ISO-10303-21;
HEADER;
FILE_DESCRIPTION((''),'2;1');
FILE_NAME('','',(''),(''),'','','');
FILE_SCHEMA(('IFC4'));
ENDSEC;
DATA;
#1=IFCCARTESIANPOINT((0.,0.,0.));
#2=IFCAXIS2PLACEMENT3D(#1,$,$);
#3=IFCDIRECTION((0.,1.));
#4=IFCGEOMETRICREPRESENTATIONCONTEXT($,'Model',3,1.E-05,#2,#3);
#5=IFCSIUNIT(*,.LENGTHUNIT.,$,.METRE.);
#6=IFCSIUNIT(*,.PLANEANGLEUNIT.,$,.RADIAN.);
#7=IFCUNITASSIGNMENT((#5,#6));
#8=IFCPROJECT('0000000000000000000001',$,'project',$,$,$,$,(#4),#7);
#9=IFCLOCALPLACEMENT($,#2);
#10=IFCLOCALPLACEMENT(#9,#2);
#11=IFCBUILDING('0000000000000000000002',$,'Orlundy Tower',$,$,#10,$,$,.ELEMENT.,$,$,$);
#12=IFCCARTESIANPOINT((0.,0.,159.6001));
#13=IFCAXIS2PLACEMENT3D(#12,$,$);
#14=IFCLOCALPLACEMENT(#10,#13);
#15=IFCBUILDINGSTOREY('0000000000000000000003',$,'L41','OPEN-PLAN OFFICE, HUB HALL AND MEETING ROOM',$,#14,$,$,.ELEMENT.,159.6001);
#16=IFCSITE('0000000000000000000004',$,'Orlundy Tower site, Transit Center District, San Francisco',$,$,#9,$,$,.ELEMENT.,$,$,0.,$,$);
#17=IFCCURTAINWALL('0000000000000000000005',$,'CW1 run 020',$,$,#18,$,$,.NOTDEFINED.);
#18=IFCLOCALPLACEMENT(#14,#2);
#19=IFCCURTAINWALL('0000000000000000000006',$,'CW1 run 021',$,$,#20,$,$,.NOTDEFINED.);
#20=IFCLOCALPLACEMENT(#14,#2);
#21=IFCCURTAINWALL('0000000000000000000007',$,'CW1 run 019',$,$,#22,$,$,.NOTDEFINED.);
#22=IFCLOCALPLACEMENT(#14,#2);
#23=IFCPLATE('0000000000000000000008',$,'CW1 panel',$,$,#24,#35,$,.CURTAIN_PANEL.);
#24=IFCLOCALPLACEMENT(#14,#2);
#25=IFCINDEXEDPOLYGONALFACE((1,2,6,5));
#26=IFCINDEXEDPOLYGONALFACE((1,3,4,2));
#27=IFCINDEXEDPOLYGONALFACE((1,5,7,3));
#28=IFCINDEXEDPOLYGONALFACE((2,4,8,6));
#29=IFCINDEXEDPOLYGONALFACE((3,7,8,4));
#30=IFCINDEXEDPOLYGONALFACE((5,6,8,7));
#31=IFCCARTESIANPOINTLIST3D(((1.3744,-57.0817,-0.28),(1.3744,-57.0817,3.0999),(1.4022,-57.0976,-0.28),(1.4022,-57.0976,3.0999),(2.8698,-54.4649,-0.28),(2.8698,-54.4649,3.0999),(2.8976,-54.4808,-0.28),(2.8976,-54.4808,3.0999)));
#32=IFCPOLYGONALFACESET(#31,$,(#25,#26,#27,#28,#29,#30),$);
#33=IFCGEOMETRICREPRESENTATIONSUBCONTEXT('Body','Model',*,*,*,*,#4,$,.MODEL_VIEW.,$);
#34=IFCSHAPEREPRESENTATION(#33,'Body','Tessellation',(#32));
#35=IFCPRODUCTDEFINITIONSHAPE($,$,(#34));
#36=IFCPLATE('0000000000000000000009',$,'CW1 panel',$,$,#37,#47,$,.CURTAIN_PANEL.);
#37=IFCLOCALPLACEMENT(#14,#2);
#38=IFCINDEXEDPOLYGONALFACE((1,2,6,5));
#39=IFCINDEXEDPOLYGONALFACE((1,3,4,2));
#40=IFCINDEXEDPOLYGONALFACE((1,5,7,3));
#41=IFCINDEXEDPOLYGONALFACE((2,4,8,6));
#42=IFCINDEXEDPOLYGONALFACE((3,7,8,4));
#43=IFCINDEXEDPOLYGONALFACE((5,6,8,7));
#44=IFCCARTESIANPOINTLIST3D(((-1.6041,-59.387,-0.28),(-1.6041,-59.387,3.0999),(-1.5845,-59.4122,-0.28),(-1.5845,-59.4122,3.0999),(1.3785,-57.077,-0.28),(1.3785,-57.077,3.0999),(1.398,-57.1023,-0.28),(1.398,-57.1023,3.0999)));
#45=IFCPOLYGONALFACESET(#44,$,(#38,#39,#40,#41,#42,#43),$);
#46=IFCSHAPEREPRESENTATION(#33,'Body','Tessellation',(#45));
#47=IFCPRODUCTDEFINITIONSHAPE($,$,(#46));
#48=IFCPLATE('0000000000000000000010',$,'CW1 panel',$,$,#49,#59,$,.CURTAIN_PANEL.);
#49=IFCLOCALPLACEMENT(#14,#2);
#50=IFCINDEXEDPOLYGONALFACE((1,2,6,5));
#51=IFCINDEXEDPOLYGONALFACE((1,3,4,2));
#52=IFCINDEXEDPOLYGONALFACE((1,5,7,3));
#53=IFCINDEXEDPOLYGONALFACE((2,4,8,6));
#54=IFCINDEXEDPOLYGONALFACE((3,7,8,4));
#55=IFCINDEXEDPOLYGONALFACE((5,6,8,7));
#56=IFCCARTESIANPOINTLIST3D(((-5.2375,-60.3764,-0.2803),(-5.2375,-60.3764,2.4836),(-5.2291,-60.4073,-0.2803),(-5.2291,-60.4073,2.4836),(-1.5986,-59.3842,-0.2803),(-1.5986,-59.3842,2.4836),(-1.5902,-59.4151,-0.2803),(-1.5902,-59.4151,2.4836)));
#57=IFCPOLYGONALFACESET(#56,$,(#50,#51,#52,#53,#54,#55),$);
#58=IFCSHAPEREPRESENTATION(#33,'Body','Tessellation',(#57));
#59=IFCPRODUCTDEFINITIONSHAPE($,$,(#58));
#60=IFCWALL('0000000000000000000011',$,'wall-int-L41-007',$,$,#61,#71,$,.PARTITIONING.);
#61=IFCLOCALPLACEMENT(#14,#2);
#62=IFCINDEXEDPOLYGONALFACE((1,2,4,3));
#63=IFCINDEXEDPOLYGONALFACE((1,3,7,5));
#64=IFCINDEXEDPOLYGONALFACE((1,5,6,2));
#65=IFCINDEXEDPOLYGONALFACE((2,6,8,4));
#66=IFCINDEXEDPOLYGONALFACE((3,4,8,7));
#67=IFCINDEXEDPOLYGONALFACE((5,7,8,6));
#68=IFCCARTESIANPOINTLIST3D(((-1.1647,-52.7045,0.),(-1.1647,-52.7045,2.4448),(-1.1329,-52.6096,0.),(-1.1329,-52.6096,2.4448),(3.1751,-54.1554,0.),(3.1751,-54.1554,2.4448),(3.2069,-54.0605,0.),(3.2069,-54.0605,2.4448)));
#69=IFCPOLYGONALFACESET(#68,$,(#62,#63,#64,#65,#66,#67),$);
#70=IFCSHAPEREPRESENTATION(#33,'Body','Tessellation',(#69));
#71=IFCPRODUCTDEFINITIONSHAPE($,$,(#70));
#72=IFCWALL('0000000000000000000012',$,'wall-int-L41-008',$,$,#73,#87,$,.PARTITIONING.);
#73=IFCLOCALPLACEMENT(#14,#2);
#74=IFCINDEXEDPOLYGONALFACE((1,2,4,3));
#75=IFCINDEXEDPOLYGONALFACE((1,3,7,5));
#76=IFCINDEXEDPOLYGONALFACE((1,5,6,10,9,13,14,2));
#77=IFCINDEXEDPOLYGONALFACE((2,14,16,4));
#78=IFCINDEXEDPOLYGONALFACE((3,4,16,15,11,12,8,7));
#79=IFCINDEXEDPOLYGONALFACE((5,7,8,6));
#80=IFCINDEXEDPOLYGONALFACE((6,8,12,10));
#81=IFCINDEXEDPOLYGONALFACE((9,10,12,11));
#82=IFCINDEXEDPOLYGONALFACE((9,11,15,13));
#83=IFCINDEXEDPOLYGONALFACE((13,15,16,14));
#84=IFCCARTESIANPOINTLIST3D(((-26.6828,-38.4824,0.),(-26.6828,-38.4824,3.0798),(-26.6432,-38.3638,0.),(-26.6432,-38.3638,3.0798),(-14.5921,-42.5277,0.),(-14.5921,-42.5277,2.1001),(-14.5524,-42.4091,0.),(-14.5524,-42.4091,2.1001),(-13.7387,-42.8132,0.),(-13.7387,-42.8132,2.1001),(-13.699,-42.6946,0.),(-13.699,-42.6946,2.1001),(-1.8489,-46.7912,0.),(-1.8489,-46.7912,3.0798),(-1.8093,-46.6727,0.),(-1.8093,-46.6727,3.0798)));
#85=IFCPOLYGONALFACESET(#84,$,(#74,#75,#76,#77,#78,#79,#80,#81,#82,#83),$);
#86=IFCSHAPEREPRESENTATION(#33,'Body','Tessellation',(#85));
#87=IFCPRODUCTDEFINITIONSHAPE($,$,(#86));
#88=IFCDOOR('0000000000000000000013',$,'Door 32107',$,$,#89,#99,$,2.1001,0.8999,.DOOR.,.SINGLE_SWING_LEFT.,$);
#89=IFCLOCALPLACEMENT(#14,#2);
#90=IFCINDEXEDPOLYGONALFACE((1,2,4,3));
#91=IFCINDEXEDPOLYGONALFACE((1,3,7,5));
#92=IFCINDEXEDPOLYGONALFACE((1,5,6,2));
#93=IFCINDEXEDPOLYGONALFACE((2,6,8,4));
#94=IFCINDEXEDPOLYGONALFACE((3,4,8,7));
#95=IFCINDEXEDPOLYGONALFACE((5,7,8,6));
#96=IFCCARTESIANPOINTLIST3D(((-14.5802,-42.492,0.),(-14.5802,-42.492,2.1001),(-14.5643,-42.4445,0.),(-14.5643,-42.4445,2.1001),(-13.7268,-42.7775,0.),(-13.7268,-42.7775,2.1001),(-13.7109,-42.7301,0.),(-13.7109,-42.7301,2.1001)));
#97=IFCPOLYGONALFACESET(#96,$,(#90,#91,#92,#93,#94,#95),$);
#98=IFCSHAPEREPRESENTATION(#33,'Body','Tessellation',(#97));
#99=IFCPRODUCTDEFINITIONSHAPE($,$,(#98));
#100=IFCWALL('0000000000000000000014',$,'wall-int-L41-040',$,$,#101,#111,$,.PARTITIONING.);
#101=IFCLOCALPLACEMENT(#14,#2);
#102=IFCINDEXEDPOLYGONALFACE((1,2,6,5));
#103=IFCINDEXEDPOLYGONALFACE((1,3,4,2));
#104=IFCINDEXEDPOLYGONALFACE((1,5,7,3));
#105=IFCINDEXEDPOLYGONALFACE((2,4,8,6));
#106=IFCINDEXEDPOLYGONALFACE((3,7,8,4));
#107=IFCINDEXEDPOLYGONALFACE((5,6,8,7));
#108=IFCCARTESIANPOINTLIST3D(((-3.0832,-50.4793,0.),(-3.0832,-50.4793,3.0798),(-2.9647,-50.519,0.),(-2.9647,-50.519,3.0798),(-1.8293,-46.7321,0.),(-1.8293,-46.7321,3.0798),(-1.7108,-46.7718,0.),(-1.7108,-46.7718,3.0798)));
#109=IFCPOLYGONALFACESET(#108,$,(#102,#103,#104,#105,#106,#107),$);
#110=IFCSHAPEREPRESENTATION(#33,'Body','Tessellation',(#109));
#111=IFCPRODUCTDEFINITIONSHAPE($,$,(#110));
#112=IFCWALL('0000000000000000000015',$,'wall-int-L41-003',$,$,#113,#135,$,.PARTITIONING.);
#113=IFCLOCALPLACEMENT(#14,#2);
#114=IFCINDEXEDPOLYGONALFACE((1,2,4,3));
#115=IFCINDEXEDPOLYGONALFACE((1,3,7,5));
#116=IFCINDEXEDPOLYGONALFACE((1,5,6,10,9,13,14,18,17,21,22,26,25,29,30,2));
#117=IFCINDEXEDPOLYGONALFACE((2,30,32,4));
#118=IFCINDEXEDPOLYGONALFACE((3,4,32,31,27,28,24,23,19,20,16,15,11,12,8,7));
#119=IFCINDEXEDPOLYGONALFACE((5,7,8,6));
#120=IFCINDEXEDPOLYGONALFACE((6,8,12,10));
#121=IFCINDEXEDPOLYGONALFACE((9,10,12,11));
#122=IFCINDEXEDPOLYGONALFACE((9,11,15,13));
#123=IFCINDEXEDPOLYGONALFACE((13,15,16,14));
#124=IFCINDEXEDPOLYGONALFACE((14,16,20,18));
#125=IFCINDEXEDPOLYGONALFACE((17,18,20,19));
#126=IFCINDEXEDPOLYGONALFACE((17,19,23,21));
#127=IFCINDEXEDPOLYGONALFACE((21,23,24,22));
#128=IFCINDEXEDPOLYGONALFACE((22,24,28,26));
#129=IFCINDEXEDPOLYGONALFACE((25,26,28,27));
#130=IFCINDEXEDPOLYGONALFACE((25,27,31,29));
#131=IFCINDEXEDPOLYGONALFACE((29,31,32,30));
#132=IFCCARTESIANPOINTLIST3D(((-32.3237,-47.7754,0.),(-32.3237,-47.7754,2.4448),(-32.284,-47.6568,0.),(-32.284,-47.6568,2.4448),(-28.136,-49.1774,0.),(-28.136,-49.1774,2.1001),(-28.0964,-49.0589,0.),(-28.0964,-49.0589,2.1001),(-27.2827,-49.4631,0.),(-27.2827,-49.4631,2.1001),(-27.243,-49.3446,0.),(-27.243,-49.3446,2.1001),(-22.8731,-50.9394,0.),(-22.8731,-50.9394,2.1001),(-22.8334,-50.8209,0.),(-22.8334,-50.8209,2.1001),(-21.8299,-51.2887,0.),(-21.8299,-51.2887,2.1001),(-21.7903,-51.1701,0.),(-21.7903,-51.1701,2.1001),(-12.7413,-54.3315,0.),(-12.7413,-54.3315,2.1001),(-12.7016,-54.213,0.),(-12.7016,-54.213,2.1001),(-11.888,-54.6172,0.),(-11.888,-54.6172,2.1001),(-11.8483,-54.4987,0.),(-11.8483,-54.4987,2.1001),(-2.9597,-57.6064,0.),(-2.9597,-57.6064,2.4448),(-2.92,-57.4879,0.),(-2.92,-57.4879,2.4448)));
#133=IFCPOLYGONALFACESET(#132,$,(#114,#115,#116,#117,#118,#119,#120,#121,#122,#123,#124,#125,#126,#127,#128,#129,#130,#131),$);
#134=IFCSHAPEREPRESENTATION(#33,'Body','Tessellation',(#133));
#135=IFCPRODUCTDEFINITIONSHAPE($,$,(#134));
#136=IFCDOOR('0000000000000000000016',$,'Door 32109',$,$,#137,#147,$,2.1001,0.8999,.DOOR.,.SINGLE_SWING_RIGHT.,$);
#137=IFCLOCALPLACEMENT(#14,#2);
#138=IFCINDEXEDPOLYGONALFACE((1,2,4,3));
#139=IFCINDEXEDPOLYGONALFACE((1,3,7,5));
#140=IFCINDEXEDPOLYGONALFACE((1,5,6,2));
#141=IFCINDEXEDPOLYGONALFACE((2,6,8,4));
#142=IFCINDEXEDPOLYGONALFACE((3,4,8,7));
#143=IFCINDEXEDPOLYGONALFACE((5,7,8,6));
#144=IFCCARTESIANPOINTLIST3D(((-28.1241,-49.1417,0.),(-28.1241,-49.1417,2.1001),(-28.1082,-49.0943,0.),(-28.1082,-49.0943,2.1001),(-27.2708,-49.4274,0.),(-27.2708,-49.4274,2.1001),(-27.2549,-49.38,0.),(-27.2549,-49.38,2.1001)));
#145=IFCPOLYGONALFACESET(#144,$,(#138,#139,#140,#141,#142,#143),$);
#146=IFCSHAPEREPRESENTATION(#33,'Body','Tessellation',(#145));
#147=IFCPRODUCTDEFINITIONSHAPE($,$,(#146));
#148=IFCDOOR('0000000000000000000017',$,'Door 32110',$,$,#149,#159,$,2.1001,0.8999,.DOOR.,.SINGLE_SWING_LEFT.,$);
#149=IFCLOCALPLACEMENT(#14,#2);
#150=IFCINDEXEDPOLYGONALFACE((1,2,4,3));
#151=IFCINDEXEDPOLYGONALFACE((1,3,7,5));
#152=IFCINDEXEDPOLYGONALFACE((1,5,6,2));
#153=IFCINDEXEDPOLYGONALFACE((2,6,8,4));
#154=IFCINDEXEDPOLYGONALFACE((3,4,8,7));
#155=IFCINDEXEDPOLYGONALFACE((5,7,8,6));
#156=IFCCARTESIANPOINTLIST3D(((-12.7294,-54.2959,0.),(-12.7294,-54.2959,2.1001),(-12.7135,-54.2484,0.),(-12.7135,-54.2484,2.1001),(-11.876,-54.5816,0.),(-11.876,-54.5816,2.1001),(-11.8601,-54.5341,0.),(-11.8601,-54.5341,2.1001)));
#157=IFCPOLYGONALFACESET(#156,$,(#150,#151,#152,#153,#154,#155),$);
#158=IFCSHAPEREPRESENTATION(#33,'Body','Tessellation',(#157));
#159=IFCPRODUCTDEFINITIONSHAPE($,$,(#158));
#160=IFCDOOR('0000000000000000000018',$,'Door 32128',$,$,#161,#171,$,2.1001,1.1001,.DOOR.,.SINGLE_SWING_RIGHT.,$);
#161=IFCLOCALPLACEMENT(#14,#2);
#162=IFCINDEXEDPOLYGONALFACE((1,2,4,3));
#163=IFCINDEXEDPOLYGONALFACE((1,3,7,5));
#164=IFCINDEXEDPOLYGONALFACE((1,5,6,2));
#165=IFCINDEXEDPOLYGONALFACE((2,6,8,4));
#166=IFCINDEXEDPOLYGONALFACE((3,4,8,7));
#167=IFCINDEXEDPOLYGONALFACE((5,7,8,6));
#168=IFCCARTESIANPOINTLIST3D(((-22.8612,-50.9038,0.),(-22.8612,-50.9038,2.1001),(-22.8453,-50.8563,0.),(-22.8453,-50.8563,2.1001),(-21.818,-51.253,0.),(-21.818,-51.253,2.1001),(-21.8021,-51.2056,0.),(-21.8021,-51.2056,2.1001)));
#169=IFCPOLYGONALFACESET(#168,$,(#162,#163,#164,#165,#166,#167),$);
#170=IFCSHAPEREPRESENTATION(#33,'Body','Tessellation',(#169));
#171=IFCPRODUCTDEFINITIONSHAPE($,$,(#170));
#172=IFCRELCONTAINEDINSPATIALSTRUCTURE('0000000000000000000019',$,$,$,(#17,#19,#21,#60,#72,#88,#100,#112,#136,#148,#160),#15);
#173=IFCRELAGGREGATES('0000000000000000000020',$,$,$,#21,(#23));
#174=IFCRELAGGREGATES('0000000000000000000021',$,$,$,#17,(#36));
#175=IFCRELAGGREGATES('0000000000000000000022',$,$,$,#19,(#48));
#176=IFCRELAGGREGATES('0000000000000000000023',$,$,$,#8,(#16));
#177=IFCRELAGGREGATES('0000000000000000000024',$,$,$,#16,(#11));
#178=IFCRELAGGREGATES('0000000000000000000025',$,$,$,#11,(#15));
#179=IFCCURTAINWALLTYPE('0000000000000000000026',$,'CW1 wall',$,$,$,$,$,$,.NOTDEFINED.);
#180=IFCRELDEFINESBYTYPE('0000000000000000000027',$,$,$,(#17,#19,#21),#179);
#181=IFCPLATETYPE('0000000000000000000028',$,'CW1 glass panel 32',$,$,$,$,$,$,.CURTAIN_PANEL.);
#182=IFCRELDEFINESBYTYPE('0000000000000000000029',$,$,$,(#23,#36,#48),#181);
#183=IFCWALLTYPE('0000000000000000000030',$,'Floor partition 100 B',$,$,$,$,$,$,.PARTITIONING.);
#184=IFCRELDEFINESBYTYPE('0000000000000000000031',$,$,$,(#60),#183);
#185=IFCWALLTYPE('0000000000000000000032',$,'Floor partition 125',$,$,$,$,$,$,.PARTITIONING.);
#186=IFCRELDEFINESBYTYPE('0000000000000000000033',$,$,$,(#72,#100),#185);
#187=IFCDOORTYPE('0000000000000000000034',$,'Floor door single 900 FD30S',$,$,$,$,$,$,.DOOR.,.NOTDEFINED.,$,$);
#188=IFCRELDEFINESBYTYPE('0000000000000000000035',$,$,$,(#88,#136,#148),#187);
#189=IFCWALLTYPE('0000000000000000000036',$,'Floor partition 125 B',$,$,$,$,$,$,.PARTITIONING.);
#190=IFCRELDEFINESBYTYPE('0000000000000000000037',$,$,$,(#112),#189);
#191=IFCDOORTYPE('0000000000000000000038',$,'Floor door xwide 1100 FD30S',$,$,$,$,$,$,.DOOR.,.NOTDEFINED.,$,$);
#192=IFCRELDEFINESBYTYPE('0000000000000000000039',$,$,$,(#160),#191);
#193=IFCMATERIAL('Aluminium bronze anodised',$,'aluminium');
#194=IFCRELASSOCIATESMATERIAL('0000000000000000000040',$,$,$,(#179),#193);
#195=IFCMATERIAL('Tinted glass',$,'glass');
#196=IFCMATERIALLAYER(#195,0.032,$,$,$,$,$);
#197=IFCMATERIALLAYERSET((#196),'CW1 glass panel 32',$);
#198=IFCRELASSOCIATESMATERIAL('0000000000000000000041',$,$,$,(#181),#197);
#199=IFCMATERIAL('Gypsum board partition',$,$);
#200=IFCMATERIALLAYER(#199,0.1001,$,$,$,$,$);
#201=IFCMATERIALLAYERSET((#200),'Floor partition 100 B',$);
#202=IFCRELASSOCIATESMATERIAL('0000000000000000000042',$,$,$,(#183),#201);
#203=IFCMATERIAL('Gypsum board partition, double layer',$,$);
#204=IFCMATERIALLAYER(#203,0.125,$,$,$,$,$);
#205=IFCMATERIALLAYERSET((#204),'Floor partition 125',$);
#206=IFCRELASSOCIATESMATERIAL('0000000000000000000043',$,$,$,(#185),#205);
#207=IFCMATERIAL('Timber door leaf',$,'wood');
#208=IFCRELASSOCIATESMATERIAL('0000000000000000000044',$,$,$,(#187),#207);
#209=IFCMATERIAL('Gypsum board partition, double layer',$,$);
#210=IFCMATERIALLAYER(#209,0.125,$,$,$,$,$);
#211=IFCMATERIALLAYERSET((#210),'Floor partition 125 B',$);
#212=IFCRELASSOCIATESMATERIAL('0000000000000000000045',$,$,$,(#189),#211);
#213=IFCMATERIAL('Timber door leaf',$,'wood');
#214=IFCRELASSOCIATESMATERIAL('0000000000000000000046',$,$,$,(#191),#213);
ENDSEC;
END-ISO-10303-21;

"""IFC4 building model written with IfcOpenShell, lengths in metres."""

from ifc_helpers import new_model, si_unit, direction, frame, frame_2d, origin, origin_2d, place, context, subcontext, project, spatial, rectangle, extrude, material, layer, layer_set, type_object, element, fill, aggregate, save


model = new_model("IFC4")

# Units and contexts
model_context = context("Model", 3, precision=1e-05, world=origin(), true_north=direction((0.0, 1.0)))
body_context = subcontext(model_context, "Body", "Model", "MODEL_VIEW")
ifc_project = project(units=[si_unit("LENGTHUNIT", "METRE"), si_unit("PLANEANGLEUNIT", "RADIAN")], contexts=[model_context])

# Site, building, storey
site_placement = place(None, origin())
site = spatial("IfcSite", under=ifc_project, at=site_placement, Name="Orlundy Tower site, Transit Center District, San Francisco", CompositionType="ELEMENT", RefElevation=0.0)
building_placement = place(site_placement, origin())
building = spatial("IfcBuilding", under=site, at=building_placement, Name="Orlundy Tower", CompositionType="ELEMENT")
storey_placement = place(building_placement, frame((0.0, 0.0, 159.6001)))
storey = spatial("IfcBuildingStorey", under=building, at=storey_placement, Name="L41", Description="OPEN-PLAN OFFICE, HUB HALL AND MEETING ROOM", CompositionType="ELEMENT", Elevation=159.6001)

# Curtain walls
ifc_material_1 = material(Name="Aluminium bronze anodised", Category="aluminium")
curtain_wall_type = type_object("IfcCurtainWallType", Name="CW1 wall", PredefinedType="NOTDEFINED", material=ifc_material_1)
curtain_wall_1_placement = place(storey_placement, origin())
curtain_wall_1 = element("IfcCurtainWall", 1, at=curtain_wall_1_placement, inside=storey, type_object=curtain_wall_type, Name="CW1 run 020", PredefinedType="NOTDEFINED")
curtain_wall_2_placement = place(storey_placement, origin())
curtain_wall_2 = element("IfcCurtainWall", 2, at=curtain_wall_2_placement, inside=storey, type_object=curtain_wall_type, Name="CW1 run 021", PredefinedType="NOTDEFINED")

# Curtain wall
curtain_wall_3_placement = place(storey_placement, origin())
curtain_wall_3 = element("IfcCurtainWall", 3, at=curtain_wall_3_placement, inside=storey, type_object=curtain_wall_type, Name="CW1 run 019", PredefinedType="NOTDEFINED")

# Plates
ifc_material_2 = material(Name="Tinted glass", Category="glass")
ifc_layer_1 = layer(ifc_material_2, 0.032)
ifc_layer_set_1 = layer_set([ifc_layer_1], Name="CW1 glass panel 32")
plate_type = type_object("IfcPlateType", Name="CW1 glass panel 32", PredefinedType="CURTAIN_PANEL", material=ifc_layer_set_1)
plate_1_placement = place(storey_placement, frame((2.136, -55.7812, -0.28), z_axis=(0.0, 0.0, 1.0), x_axis=(-0.496168, -0.868227, 0.0)))
plate_1 = element("IfcPlate", 4, at=plate_1_placement, type_object=plate_type, Name="CW1 panel", PredefinedType="CURTAIN_PANEL", context=body_context, shape_type="SweptSolid", body=[
    extrude(rectangle(XDim=3.0139, YDim=0.032, at=origin_2d()), origin(), (0.0, 0.0, 1.0), 3.3799),
])
aggregate(curtain_wall_3, [plate_1])
plate_2_placement = place(storey_placement, frame((-0.103, -58.2446, -0.28), z_axis=(0.0, 0.0, 1.0), x_axis=(-0.790614, -0.612315, 0.0)))
plate_2 = element("IfcPlate", 5, at=plate_2_placement, type_object=plate_type, Name="CW1 panel", PredefinedType="CURTAIN_PANEL", context=body_context, shape_type="SweptSolid", body=[
    extrude(rectangle(XDim=3.7725, YDim=0.032, at=origin_2d()), origin(), (0.0, 0.0, 1.0), 3.3799),
])
aggregate(curtain_wall_1, [plate_2])
plate_3_placement = place(storey_placement, frame((-3.4138, -59.8958, -0.2803), z_axis=(0.0, 0.0, 1.0), x_axis=(-0.964782, -0.263049, 0.0)))
plate_3 = element("IfcPlate", 6, at=plate_3_placement, type_object=plate_type, Name="CW1 panel", PredefinedType="CURTAIN_PANEL", context=body_context, shape_type="SweptSolid", body=[
    extrude(rectangle(XDim=3.7717, YDim=0.032, at=origin_2d()), origin(), (0.0, 0.0, 1.0), 2.7639),
])
aggregate(curtain_wall_2, [plate_3])

# Wall
ifc_material_3 = material(Name="Gypsum board partition")
ifc_layer_2 = layer(ifc_material_3, 0.1001)
ifc_layer_set_2 = layer_set([ifc_layer_2], Name="Floor partition 100 B")
wall_type_1 = type_object("IfcWallType", Name="Floor partition 100 B", PredefinedType="PARTITIONING", material=ifc_layer_set_2)
wall_1_placement = place(storey_placement, frame((-1.1489, -52.657, 0.0), z_axis=(0.0, 0.0, 1.0), x_axis=(0.9484, -0.317076, 0.0)))
element("IfcWall", 7, at=wall_1_placement, inside=storey, type_object=wall_type_1, Name="wall-int-L41-007", PredefinedType="PARTITIONING", context=body_context, shape_type="SweptSolid", body=[
    extrude(rectangle(XDim=4.5759, YDim=0.1001, at=frame_2d((2.2881, 0.0))), origin(), (0.0, 0.0, 1.0), 2.4448),
])

# Wall, opening, door
ifc_material_4 = material(Name="Gypsum board partition, double layer")
ifc_layer_3 = layer(ifc_material_4, 0.125)
ifc_layer_set_3 = layer_set([ifc_layer_3], Name="Floor partition 125")
wall_type_2 = type_object("IfcWallType", Name="Floor partition 125", PredefinedType="PARTITIONING", material=ifc_layer_set_3)
wall_2_placement = place(storey_placement, frame((-1.8291, -46.7319, 0.0), z_axis=(0.0, 0.0, 1.0), x_axis=(-0.948329, 0.317288, 0.0)))
wall_2 = element("IfcWall", 8, at=wall_2_placement, inside=storey, type_object=wall_type_2, Name="wall-int-L41-008", PredefinedType="PARTITIONING", context=body_context, shape_type="SweptSolid", body=[
    extrude(rectangle(XDim=26.187, YDim=0.125, at=frame_2d((13.0935, 0.0))), origin(), (0.0, 0.0, 1.0), 3.0798),
])
opening_1_placement = place(wall_2_placement, frame((12.5376, 0.0, 0.0)))
opening_1 = element("IfcOpeningElement", 9, at=opening_1_placement, cuts=wall_2, PredefinedType="OPENING", context=body_context, shape_type="SweptSolid", body=[
    extrude(rectangle(XDim=0.8999, YDim=2.1001, at=frame_2d((0.45, 1.05))), frame((0.0, 0.0725, 0.0), z_axis=(0.0, -1.0, 0.0), x_axis=(1.0, 0.0, 0.0)), (0.0, 0.0, 1.0), 0.145),
])
ifc_material_5 = material(Name="Timber door leaf", Category="wood")
door_type_1 = type_object("IfcDoorType", Name="Floor door single 900 FD30S", OperationType="NOTDEFINED", PredefinedType="DOOR", material=ifc_material_5)
door_1_placement = place(opening_1_placement, origin())
door_1 = element("IfcDoor", 10, at=door_1_placement, inside=storey, type_object=door_type_1, Name="Door 32107", OperationType="SINGLE_SWING_LEFT", OverallHeight=2.1001, OverallWidth=0.8999, PredefinedType="DOOR", context=body_context, shape_type="SweptSolid", body=[
    extrude(rectangle(XDim=0.8999, YDim=2.1001, at=frame_2d((0.45, 1.05))), frame((0.0, 0.0249, 0.0), z_axis=(0.0, -1.0, 0.0), x_axis=(1.0, 0.0, 0.0)), (0.0, 0.0, 1.0), 0.05),
])
fill(opening_1, door_1)

# Wall
wall_3_placement = place(storey_placement, frame((-3.0239, -50.499, 0.0), z_axis=(0.0, 0.0, 1.0), x_axis=(0.31734, 0.948312, 0.0)))
element("IfcWall", 11, at=wall_3_placement, inside=storey, type_object=wall_type_2, Name="wall-int-L41-040", PredefinedType="PARTITIONING", context=body_context, shape_type="SweptSolid", body=[
    extrude(rectangle(XDim=3.9514, YDim=0.125, at=frame_2d((1.9756, 0.0))), origin(), (0.0, 0.0, 1.0), 3.0798),
])

# Wall, openings, doors
ifc_material_6 = material(Name="Gypsum board partition, double layer")
ifc_layer_4 = layer(ifc_material_6, 0.125)
ifc_layer_set_4 = layer_set([ifc_layer_4], Name="Floor partition 125 B")
wall_type_3 = type_object("IfcWallType", Name="Floor partition 125 B", PredefinedType="PARTITIONING", material=ifc_layer_set_4)
wall_4_placement = place(storey_placement, frame((-2.9399, -57.5471, 0.0), z_axis=(0.0, 0.0, 1.0), x_axis=(-0.948265, 0.317479, 0.0)))
wall_4 = element("IfcWall", 12, at=wall_4_placement, inside=storey, type_object=wall_type_3, Name="wall-int-L41-003", PredefinedType="PARTITIONING", context=body_context, shape_type="SweptSolid", body=[
    extrude(rectangle(XDim=30.9661, YDim=0.125, at=frame_2d((15.4829, 0.0))), origin(), (0.0, 0.0, 1.0), 2.4448),
])
opening_2_placement = place(wall_4_placement, frame((25.6499, 0.0, 0.0)))
opening_2 = element("IfcOpeningElement", 13, at=opening_2_placement, cuts=wall_4, PredefinedType="OPENING", context=body_context, shape_type="SweptSolid", body=[
    extrude(rectangle(XDim=0.8999, YDim=2.1001, at=frame_2d((0.45, 1.05))), frame((0.0, 0.0725, 0.0), z_axis=(0.0, -1.0, 0.0), x_axis=(1.0, 0.0, 0.0)), (0.0, 0.0, 1.0), 0.145),
])
opening_3_placement = place(wall_4_placement, frame((9.4153, 0.0, 0.0)))
opening_3 = element("IfcOpeningElement", 14, at=opening_3_placement, cuts=wall_4, PredefinedType="OPENING", context=body_context, shape_type="SweptSolid", body=[
    extrude(rectangle(XDim=0.8999, YDim=2.1001, at=frame_2d((0.45, 1.05))), frame((0.0, 0.0725, 0.0), z_axis=(0.0, -1.0, 0.0), x_axis=(1.0, 0.0, 0.0)), (0.0, 0.0, 1.0), 0.145),
])
opening_4_placement = place(wall_4_placement, frame((19.8997, 0.0, 0.0)))
opening_4 = element("IfcOpeningElement", 15, at=opening_4_placement, cuts=wall_4, PredefinedType="OPENING", context=body_context, shape_type="SweptSolid", body=[
    extrude(rectangle(XDim=1.1001, YDim=2.1001, at=frame_2d((0.55, 1.05))), frame((0.0, 0.0725, 0.0), z_axis=(0.0, -1.0, 0.0), x_axis=(1.0, 0.0, 0.0)), (0.0, 0.0, 1.0), 0.145),
])
door_2_placement = place(opening_2_placement, origin())
door_2 = element("IfcDoor", 16, at=door_2_placement, inside=storey, type_object=door_type_1, Name="Door 32109", OperationType="SINGLE_SWING_RIGHT", OverallHeight=2.1001, OverallWidth=0.8999, PredefinedType="DOOR", context=body_context, shape_type="SweptSolid", body=[
    extrude(rectangle(XDim=0.8999, YDim=2.1001, at=frame_2d((0.45, 1.05))), frame((0.0, 0.0249, 0.0), z_axis=(0.0, -1.0, 0.0), x_axis=(1.0, 0.0, 0.0)), (0.0, 0.0, 1.0), 0.05),
])
fill(opening_2, door_2)
door_3_placement = place(opening_3_placement, origin())
door_3 = element("IfcDoor", 17, at=door_3_placement, inside=storey, type_object=door_type_1, Name="Door 32110", OperationType="SINGLE_SWING_LEFT", OverallHeight=2.1001, OverallWidth=0.8999, PredefinedType="DOOR", context=body_context, shape_type="SweptSolid", body=[
    extrude(rectangle(XDim=0.8999, YDim=2.1001, at=frame_2d((0.45, 1.05))), frame((0.0, 0.0249, 0.0), z_axis=(0.0, -1.0, 0.0), x_axis=(1.0, 0.0, 0.0)), (0.0, 0.0, 1.0), 0.05),
])
fill(opening_3, door_3)
ifc_material_7 = material(Name="Timber door leaf", Category="wood")
door_type_2 = type_object("IfcDoorType", Name="Floor door xwide 1100 FD30S", OperationType="NOTDEFINED", PredefinedType="DOOR", material=ifc_material_7)
door_4_placement = place(opening_4_placement, origin())
door_4 = element("IfcDoor", 18, at=door_4_placement, inside=storey, type_object=door_type_2, Name="Door 32128", OperationType="SINGLE_SWING_RIGHT", OverallHeight=2.1001, OverallWidth=1.1001, PredefinedType="DOOR", context=body_context, shape_type="SweptSolid", body=[
    extrude(rectangle(XDim=1.1001, YDim=2.1001, at=frame_2d((0.55, 1.05))), frame((0.0, 0.0249, 0.0), z_axis=(0.0, -1.0, 0.0), x_axis=(1.0, 0.0, 0.0)), (0.0, 0.0, 1.0), 0.05),
])
fill(opening_4, door_4)

save(model, "model.ifc")
